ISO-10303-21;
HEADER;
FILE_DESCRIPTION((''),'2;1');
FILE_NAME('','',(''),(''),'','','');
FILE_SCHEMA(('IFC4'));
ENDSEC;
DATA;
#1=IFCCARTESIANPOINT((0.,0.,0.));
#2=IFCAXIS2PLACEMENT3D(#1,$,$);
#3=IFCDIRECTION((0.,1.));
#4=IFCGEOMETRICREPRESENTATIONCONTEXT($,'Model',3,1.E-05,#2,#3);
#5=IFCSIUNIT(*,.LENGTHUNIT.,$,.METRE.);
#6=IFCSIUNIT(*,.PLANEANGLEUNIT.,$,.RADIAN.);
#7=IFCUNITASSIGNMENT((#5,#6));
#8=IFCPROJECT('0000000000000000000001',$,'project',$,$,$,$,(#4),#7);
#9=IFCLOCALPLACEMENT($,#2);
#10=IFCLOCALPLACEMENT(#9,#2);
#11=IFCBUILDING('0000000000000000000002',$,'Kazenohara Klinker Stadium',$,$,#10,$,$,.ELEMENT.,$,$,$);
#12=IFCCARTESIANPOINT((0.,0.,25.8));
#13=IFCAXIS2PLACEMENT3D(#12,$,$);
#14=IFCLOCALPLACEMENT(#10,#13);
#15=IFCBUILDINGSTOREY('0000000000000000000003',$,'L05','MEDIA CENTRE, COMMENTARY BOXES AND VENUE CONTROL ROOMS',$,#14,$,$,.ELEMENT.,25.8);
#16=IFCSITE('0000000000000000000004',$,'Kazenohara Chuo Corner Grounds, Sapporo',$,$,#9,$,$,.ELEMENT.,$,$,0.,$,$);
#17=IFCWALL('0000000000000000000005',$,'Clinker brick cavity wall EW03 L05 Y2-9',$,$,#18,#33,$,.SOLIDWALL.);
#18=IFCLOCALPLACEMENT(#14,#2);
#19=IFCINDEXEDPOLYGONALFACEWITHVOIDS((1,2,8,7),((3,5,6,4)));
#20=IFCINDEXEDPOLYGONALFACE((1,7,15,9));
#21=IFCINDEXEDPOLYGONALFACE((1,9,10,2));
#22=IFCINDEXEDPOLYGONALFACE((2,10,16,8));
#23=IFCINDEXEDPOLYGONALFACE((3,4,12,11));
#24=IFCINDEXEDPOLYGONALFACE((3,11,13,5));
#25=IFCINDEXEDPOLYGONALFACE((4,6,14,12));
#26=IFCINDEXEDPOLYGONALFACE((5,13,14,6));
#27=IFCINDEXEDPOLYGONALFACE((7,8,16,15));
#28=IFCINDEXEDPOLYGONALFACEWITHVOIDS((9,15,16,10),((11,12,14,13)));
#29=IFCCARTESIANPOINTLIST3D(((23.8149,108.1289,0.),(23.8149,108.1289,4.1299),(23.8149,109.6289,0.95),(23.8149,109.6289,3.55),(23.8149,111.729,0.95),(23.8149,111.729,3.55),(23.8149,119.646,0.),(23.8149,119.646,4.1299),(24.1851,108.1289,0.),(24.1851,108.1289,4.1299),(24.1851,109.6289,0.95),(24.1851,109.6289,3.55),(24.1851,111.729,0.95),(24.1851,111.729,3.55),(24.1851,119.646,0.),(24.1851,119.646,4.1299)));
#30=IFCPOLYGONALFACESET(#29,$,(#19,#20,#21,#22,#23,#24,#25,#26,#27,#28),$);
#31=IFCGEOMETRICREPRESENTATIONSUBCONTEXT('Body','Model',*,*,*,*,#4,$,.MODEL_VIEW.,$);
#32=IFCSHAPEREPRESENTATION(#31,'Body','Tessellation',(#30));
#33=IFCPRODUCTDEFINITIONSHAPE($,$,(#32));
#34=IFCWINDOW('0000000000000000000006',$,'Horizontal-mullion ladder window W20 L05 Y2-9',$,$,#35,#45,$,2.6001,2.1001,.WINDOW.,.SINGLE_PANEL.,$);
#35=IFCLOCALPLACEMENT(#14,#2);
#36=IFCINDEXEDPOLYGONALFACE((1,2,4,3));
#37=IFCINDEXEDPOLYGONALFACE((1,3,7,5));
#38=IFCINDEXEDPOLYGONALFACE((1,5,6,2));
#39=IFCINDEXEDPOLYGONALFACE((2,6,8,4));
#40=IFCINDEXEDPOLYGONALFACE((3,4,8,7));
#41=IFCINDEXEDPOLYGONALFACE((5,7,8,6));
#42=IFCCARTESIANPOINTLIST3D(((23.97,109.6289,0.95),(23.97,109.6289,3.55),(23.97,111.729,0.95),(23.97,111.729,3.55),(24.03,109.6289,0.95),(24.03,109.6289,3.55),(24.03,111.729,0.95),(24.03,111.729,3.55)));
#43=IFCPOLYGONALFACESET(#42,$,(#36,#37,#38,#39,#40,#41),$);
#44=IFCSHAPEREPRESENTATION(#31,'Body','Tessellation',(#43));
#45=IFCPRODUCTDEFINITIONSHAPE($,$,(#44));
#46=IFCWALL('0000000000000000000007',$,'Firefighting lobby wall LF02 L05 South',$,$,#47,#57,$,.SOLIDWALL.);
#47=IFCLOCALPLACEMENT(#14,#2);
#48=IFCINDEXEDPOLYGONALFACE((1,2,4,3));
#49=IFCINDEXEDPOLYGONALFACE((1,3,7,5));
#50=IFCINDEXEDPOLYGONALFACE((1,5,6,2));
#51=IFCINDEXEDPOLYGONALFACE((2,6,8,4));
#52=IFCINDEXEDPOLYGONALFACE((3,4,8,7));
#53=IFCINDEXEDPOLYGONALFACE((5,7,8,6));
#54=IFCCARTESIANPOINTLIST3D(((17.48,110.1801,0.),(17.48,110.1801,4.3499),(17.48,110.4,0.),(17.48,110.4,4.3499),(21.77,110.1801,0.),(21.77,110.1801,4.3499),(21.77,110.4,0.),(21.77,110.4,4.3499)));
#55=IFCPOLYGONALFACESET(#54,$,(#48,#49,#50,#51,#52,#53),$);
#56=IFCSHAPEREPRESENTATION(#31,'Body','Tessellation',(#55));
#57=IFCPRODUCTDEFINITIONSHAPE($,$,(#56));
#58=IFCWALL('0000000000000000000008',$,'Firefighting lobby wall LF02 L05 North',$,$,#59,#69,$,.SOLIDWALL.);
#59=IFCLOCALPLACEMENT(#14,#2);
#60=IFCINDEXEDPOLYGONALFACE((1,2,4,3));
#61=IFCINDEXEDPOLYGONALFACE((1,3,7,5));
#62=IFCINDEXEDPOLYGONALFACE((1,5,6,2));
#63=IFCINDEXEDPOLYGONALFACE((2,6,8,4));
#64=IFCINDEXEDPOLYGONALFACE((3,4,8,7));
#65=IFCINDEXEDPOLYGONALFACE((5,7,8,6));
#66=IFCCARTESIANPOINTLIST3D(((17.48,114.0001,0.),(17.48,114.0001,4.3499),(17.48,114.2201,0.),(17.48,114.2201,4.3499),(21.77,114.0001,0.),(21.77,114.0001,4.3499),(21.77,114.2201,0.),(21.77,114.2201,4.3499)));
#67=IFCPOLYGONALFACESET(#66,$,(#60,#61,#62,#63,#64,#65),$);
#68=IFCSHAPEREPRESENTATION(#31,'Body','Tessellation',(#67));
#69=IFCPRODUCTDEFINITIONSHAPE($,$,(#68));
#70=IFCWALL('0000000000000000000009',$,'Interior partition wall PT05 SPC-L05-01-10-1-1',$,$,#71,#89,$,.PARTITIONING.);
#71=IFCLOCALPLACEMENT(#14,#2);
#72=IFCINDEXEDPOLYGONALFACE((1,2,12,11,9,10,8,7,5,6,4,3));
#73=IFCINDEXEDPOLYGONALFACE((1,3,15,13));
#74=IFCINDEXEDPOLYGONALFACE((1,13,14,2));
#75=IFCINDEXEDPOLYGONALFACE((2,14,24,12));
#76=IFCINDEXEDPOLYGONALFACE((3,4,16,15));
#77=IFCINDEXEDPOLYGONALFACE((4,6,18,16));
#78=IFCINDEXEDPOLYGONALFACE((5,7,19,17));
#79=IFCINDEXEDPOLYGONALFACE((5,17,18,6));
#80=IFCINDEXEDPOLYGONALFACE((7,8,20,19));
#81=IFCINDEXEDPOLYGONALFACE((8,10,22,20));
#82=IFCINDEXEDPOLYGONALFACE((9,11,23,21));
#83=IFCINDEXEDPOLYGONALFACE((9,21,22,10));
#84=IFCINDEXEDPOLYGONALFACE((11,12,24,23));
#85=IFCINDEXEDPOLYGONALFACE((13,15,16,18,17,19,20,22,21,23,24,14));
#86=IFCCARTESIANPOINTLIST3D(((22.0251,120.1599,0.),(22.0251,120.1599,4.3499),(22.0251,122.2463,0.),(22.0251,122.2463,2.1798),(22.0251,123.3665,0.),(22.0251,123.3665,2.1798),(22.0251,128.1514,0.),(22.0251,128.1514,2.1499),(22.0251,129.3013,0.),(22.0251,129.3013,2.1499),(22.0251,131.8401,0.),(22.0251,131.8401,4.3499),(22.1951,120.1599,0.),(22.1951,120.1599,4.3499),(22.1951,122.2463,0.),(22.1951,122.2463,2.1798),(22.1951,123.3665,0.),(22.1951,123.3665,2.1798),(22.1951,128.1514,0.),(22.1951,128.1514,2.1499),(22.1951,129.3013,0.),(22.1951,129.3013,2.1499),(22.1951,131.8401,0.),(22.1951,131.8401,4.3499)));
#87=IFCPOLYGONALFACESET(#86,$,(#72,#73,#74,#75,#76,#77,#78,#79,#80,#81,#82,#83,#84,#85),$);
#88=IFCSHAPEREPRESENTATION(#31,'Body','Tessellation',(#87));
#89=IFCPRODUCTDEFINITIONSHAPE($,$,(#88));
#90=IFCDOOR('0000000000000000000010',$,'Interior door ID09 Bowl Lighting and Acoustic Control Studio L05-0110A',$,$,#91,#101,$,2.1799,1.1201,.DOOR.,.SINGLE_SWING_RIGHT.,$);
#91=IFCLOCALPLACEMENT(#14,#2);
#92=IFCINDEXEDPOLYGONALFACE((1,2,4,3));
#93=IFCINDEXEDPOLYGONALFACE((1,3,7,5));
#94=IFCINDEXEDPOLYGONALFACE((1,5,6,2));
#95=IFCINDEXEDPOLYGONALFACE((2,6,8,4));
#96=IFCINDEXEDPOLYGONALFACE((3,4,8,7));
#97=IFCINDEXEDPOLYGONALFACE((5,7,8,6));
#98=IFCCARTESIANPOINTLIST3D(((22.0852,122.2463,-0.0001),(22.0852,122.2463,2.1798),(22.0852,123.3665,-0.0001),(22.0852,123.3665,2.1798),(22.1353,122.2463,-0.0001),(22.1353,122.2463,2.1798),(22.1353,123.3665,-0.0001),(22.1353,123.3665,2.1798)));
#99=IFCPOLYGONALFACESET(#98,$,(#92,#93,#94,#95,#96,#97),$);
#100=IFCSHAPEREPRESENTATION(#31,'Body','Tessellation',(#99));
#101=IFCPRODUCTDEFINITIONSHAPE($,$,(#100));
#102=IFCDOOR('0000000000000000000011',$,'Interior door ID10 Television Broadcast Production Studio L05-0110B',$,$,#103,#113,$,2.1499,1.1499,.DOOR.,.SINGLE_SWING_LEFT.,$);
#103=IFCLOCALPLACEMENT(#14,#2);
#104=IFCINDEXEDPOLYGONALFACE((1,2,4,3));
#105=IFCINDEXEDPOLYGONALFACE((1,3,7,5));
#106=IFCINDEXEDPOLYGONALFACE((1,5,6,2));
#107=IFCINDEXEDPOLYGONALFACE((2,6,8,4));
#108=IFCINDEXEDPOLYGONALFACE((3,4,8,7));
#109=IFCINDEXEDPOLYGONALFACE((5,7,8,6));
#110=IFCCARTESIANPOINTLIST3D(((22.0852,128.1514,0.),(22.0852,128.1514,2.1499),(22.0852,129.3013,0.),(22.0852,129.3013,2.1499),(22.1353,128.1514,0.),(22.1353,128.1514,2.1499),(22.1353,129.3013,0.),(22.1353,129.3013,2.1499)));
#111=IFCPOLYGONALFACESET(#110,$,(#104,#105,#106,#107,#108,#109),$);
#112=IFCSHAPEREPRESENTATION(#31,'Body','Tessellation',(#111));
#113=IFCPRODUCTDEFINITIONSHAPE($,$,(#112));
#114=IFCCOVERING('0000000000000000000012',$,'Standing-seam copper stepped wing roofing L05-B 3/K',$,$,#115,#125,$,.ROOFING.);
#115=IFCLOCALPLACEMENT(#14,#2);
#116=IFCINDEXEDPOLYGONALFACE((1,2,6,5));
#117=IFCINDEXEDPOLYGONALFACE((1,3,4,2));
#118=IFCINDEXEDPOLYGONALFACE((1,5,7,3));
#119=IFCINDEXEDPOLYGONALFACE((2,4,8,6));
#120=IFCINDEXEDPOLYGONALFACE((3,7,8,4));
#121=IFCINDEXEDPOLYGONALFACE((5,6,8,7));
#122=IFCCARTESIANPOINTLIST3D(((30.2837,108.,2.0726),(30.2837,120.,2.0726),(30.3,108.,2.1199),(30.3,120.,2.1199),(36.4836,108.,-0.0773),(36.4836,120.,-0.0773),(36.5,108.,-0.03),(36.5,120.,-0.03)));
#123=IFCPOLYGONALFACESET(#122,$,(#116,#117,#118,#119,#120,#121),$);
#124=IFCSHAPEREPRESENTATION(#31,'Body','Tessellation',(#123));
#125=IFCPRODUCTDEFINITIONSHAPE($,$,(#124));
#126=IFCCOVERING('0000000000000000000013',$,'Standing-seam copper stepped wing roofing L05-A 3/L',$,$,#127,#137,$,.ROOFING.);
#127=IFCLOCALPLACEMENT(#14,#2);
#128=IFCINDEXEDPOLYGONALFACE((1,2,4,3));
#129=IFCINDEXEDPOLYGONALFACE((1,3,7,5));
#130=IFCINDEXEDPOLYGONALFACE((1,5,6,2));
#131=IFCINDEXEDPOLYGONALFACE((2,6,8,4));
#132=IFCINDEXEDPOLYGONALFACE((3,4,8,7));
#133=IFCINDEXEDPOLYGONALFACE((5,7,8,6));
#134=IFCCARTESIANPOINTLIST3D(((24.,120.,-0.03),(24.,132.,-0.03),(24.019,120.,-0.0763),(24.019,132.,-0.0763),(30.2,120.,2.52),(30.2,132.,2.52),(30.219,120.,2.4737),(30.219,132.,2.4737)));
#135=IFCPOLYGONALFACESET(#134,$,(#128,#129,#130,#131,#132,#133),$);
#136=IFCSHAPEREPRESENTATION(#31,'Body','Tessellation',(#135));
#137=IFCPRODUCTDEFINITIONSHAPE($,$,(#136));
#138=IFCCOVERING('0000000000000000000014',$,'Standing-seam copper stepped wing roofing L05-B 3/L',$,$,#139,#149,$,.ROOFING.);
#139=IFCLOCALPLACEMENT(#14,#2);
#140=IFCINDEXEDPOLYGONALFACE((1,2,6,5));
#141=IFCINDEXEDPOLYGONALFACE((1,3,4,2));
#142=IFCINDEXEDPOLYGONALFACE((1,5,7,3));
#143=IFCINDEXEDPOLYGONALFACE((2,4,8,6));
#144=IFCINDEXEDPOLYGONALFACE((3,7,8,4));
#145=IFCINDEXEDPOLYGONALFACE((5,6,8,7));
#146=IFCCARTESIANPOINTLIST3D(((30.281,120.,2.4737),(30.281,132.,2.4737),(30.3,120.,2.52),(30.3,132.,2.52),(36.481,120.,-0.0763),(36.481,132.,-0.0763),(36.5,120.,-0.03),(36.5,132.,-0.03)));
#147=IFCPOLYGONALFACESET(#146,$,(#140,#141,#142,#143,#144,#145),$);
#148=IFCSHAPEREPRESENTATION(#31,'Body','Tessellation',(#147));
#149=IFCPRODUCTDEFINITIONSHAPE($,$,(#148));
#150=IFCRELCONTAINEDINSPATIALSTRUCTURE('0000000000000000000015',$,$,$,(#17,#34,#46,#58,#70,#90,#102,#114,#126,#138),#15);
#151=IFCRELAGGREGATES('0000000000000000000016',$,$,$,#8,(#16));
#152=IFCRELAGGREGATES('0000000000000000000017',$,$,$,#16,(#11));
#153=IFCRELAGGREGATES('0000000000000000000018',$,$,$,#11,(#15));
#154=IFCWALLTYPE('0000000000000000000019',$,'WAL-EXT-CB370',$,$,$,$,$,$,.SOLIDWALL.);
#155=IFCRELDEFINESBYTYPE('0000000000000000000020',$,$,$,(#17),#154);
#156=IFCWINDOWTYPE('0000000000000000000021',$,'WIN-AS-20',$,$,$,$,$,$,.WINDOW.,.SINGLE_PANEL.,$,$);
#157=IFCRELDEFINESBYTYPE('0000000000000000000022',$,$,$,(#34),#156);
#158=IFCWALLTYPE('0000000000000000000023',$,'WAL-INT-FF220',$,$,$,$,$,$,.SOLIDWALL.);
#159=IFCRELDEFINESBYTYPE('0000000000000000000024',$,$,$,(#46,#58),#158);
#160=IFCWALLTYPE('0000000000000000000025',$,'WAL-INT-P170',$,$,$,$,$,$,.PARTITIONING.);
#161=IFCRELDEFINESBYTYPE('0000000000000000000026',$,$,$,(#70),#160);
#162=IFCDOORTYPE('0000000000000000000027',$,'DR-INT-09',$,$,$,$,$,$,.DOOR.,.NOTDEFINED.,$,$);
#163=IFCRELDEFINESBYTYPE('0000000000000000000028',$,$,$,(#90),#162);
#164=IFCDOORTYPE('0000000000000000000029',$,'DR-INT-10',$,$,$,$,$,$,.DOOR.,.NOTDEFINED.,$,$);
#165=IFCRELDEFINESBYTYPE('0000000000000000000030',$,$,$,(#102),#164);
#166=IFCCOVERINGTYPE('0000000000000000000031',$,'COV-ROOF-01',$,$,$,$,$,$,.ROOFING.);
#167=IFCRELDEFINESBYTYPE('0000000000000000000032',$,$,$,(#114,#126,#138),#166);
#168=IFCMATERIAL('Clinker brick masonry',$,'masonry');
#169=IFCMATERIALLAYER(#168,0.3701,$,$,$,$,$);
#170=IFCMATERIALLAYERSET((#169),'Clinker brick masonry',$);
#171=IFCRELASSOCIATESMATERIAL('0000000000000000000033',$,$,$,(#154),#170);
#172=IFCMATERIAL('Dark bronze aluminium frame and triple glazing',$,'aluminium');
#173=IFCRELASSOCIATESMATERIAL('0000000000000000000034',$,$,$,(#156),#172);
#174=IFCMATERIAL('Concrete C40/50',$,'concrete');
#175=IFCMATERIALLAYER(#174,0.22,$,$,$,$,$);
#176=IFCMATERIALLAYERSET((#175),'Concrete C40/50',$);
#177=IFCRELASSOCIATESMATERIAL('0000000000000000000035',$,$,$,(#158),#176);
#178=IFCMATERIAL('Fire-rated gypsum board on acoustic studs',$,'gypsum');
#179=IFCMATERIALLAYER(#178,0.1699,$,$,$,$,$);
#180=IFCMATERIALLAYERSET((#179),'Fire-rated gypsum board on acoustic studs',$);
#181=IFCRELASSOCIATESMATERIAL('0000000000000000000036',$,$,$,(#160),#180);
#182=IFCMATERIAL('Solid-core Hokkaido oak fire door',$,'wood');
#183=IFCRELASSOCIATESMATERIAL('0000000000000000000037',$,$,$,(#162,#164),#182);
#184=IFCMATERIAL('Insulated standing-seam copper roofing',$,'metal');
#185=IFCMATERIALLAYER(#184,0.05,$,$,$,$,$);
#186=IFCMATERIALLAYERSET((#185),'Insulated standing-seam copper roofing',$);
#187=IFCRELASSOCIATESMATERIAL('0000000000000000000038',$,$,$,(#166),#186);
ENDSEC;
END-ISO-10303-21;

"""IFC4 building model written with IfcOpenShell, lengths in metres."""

from ifc_helpers import new_model, si_unit, direction, frame, frame_2d, origin, place, context, subcontext, project, spatial, polyline, rectangle, outline, extrude, material, layer, layer_set, type_object, element, fill, save


model = new_model("IFC4")

# Units and contexts
model_context = context("Model", 3, precision=1e-05, world=origin(), true_north=direction((0.0, 1.0)))
body_context = subcontext(model_context, "Body", "Model", "MODEL_VIEW")
ifc_project = project(units=[si_unit("LENGTHUNIT", "METRE"), si_unit("PLANEANGLEUNIT", "RADIAN")], contexts=[model_context])

# Site, building, storey
site_placement = place(None, origin())
site = spatial("IfcSite", under=ifc_project, at=site_placement, Name="Kazenohara Chuo Corner Grounds, Sapporo", CompositionType="ELEMENT", RefElevation=0.0)
building_placement = place(site_placement, origin())
building = spatial("IfcBuilding", under=site, at=building_placement, Name="Kazenohara Klinker Stadium", CompositionType="ELEMENT")
storey_placement = place(building_placement, frame((0.0, 0.0, 25.8)))
storey = spatial("IfcBuildingStorey", under=building, at=storey_placement, Name="L05", Description="MEDIA CENTRE, COMMENTARY BOXES AND VENUE CONTROL ROOMS", CompositionType="ELEMENT", Elevation=25.8)

# Shared definitions
ifc_material_1 = material(Name="Concrete C40/50", Category="concrete")

# Wall, opening, window
ifc_material_2 = material(Name="Clinker brick masonry", Category="masonry")
ifc_material_3 = material(Name="Dark bronze aluminium frame and triple glazing", Category="aluminium")
ifc_layer_1 = layer(ifc_material_2, 0.3701)
ifc_layer_set_1 = layer_set([ifc_layer_1], Name="Clinker brick masonry")
wall_type_1 = type_object("IfcWallType", Name="WAL-EXT-CB370", PredefinedType="SOLIDWALL", material=ifc_layer_set_1)
wall_1_placement = place(storey_placement, frame((24.0, 108.1289, 0.0), z_axis=(0.0, 0.0, 1.0), x_axis=(0.0, 1.0, 0.0)))
wall_1 = element("IfcWall", 1, at=wall_1_placement, inside=storey, type_object=wall_type_1, Name="Clinker brick cavity wall EW03 L05 Y2-9", PredefinedType="SOLIDWALL", context=body_context, shape_type="SweptSolid", body=[
    extrude(rectangle(XDim=11.5171, YDim=0.3701, at=frame_2d((5.7585, 0.0))), origin(), (0.0, 0.0, 1.0), 4.1299),
])
opening_1_placement = place(wall_1_placement, frame((1.5, 0.0, 0.95)))
opening_1 = element("IfcOpeningElement", 2, at=opening_1_placement, cuts=wall_1, PredefinedType="OPENING", context=body_context, shape_type="SweptSolid", body=[
    extrude(rectangle(XDim=2.1001, YDim=2.6001, at=frame_2d((1.05, 1.3))), frame((0.0, 0.1951, 0.0), z_axis=(0.0, -1.0, 0.0), x_axis=(1.0, 0.0, 0.0)), (0.0, 0.0, 1.0), 0.3901),
])
window_type_1 = type_object("IfcWindowType", Name="WIN-AS-20", PartitioningType="SINGLE_PANEL", PredefinedType="WINDOW", material=ifc_material_3)
window_1_placement = place(opening_1_placement, origin())
window_1 = element("IfcWindow", 3, at=window_1_placement, inside=storey, type_object=window_type_1, Name="Horizontal-mullion ladder window W20 L05 Y2-9", OverallHeight=2.6001, OverallWidth=2.1001, PartitioningType="SINGLE_PANEL", PredefinedType="WINDOW", context=body_context, shape_type="SweptSolid", body=[
    extrude(rectangle(XDim=2.1001, YDim=2.6001, at=frame_2d((1.05, 1.3))), frame((0.0, 0.03, 0.0), z_axis=(0.0, -1.0, 0.0), x_axis=(1.0, 0.0, 0.0)), (0.0, 0.0, 1.0), 0.0601),
])
fill(opening_1, window_1)

# Walls
ifc_layer_2 = layer(ifc_material_1, 0.22)
ifc_layer_set_2 = layer_set([ifc_layer_2], Name="Concrete C40/50")
wall_type_2 = type_object("IfcWallType", Name="WAL-INT-FF220", PredefinedType="SOLIDWALL", material=ifc_layer_set_2)
for number, where, z_axis, x_axis, name in (
    (4, (17.48, 110.29, 0.0), (0.0, 0.0, 1.0), (1.0, 0.0, 0.0), "Firefighting lobby wall LF02 L05 South"),
    (5, (17.48, 114.1101, 0.0), (0.0, 0.0, 1.0), (1.0, 0.0, 0.0), "Firefighting lobby wall LF02 L05 North"),
):
    element("IfcWall", number, at=place(storey_placement, frame(where, z_axis=z_axis, x_axis=x_axis)), inside=storey, type_object=wall_type_2, Name=name, PredefinedType="SOLIDWALL", context=body_context, shape_type="SweptSolid", body=[
        extrude(rectangle(XDim=4.29, YDim=0.22, at=frame_2d((2.145, 0.0))), origin(), (0.0, 0.0, 1.0), 4.3499),
    ])

# Wall, openings, doors
ifc_material_4 = material(Name="Fire-rated gypsum board on acoustic studs", Category="gypsum")
ifc_layer_3 = layer(ifc_material_4, 0.1699)
ifc_layer_set_3 = layer_set([ifc_layer_3], Name="Fire-rated gypsum board on acoustic studs")
wall_type_3 = type_object("IfcWallType", Name="WAL-INT-P170", PredefinedType="PARTITIONING", material=ifc_layer_set_3)
wall_2_placement = place(storey_placement, frame((22.1101, 120.1599, 0.0), z_axis=(0.0, 0.0, 1.0), x_axis=(0.0, 1.0, 0.0)))
wall_2 = element("IfcWall", 6, at=wall_2_placement, inside=storey, type_object=wall_type_3, Name="Interior partition wall PT05 SPC-L05-01-10-1-1", PredefinedType="PARTITIONING", context=body_context, shape_type="SweptSolid", body=[
    extrude(rectangle(XDim=11.6802, YDim=0.1699, at=frame_2d((5.8401, 0.0))), origin(), (0.0, 0.0, 1.0), 4.3499),
])
opening_2_placement = place(wall_2_placement, frame((2.0864, 0.0, 0.0)))
opening_2 = element("IfcOpeningElement", 7, at=opening_2_placement, cuts=wall_2, PredefinedType="OPENING", context=body_context, shape_type="SweptSolid", body=[
    extrude(rectangle(XDim=1.1201, YDim=2.1799, at=frame_2d((0.5601, 1.0898))), frame((0.0, 0.095, 0.0), z_axis=(0.0, -1.0, 0.0), x_axis=(1.0, 0.0, 0.0)), (0.0, 0.0, 1.0), 0.1899),
])
opening_3_placement = place(wall_2_placement, frame((7.9915, 0.0, 0.0)))
opening_3 = element("IfcOpeningElement", 8, at=opening_3_placement, cuts=wall_2, PredefinedType="OPENING", context=body_context, shape_type="SweptSolid", body=[
    extrude(rectangle(XDim=1.1499, YDim=2.1499, at=frame_2d((0.575, 1.075))), frame((0.0, 0.095, 0.0), z_axis=(0.0, -1.0, 0.0), x_axis=(1.0, 0.0, 0.0)), (0.0, 0.0, 1.0), 0.1899),
])
ifc_material_5 = material(Name="Solid-core Hokkaido oak fire door", Category="wood")
door_type_1 = type_object("IfcDoorType", Name="DR-INT-09", OperationType="NOTDEFINED", PredefinedType="DOOR", material=ifc_material_5)
door_1_placement = place(opening_2_placement, origin())
door_1 = element("IfcDoor", 9, at=door_1_placement, inside=storey, type_object=door_type_1, Name="Interior door ID09 Bowl Lighting and Acoustic Control Studio L05-0110A", OperationType="SINGLE_SWING_RIGHT", OverallHeight=2.1799, OverallWidth=1.1201, PredefinedType="DOOR", context=body_context, shape_type="SweptSolid", body=[
    extrude(rectangle(XDim=1.1201, YDim=2.1799, at=frame_2d((0.5601, 1.0898))), frame((0.0, 0.0249, 0.0), z_axis=(0.0, -1.0, 0.0), x_axis=(1.0, 0.0, 0.0)), (0.0, 0.0, 1.0), 0.05),
])
fill(opening_2, door_1)
door_type_2 = type_object("IfcDoorType", Name="DR-INT-10", OperationType="NOTDEFINED", PredefinedType="DOOR", material=ifc_material_5)
door_2_placement = place(opening_3_placement, origin())
door_2 = element("IfcDoor", 10, at=door_2_placement, inside=storey, type_object=door_type_2, Name="Interior door ID10 Television Broadcast Production Studio L05-0110B", OperationType="SINGLE_SWING_LEFT", OverallHeight=2.1499, OverallWidth=1.1499, PredefinedType="DOOR", context=body_context, shape_type="SweptSolid", body=[
    extrude(rectangle(XDim=1.1499, YDim=2.1499, at=frame_2d((0.575, 1.075))), frame((0.0, 0.0249, 0.0), z_axis=(0.0, -1.0, 0.0), x_axis=(1.0, 0.0, 0.0)), (0.0, 0.0, 1.0), 0.05),
])
fill(opening_3, door_2)

# Coverings
ifc_material_6 = material(Name="Insulated standing-seam copper roofing", Category="metal")
ifc_layer_4 = layer(ifc_material_6, 0.05)
ifc_layer_set_4 = layer_set([ifc_layer_4], Name="Insulated standing-seam copper roofing")
covering_type = type_object("IfcCoveringType", Name="COV-ROOF-01", PredefinedType="ROOFING", material=ifc_layer_set_4)
covering_placement = place(storey_placement, frame((30.3, 108.0, 2.1199), z_axis=(0.327623, 0.0, 0.944809), x_axis=(0.944809, 0.0, -0.327623)))
element("IfcCovering", 11, at=covering_placement, inside=storey, type_object=covering_type, Name="Standing-seam copper stepped wing roofing L05-B 3/K", PredefinedType="ROOFING", context=body_context, shape_type="SweptSolid", body=[
    extrude(outline(polyline([(0.0, 0.0), (6.5621, 0.0), (6.5621, 12.0), (0.0, 12.0), (0.0, 0.0)])), origin(), (0.0, 0.0, -1.0), 0.05),
])
for number, where, z_axis, x_axis, name in (
    (12, (24.0, 120.0, -0.03), (-0.380383, 0.0, 0.924829), (0.924829, 0.0, 0.380383), "Standing-seam copper stepped wing roofing L05-A 3/L"),
    (13, (30.3, 120.0, 2.52), (0.380383, 0.0, 0.924829), (0.924829, 0.0, -0.380383), "Standing-seam copper stepped wing roofing L05-B 3/L"),
):
    element("IfcCovering", number, at=place(storey_placement, frame(where, z_axis=z_axis, x_axis=x_axis)), inside=storey, type_object=covering_type, Name=name, PredefinedType="ROOFING", context=body_context, shape_type="SweptSolid", body=[
        extrude(outline(polyline([(0.0, 0.0), (6.7039, 0.0), (6.7039, 12.0), (0.0, 12.0), (0.0, 0.0)])), origin(), (0.0, 0.0, -1.0), 0.05),
    ])

save(model, "model.ifc")
